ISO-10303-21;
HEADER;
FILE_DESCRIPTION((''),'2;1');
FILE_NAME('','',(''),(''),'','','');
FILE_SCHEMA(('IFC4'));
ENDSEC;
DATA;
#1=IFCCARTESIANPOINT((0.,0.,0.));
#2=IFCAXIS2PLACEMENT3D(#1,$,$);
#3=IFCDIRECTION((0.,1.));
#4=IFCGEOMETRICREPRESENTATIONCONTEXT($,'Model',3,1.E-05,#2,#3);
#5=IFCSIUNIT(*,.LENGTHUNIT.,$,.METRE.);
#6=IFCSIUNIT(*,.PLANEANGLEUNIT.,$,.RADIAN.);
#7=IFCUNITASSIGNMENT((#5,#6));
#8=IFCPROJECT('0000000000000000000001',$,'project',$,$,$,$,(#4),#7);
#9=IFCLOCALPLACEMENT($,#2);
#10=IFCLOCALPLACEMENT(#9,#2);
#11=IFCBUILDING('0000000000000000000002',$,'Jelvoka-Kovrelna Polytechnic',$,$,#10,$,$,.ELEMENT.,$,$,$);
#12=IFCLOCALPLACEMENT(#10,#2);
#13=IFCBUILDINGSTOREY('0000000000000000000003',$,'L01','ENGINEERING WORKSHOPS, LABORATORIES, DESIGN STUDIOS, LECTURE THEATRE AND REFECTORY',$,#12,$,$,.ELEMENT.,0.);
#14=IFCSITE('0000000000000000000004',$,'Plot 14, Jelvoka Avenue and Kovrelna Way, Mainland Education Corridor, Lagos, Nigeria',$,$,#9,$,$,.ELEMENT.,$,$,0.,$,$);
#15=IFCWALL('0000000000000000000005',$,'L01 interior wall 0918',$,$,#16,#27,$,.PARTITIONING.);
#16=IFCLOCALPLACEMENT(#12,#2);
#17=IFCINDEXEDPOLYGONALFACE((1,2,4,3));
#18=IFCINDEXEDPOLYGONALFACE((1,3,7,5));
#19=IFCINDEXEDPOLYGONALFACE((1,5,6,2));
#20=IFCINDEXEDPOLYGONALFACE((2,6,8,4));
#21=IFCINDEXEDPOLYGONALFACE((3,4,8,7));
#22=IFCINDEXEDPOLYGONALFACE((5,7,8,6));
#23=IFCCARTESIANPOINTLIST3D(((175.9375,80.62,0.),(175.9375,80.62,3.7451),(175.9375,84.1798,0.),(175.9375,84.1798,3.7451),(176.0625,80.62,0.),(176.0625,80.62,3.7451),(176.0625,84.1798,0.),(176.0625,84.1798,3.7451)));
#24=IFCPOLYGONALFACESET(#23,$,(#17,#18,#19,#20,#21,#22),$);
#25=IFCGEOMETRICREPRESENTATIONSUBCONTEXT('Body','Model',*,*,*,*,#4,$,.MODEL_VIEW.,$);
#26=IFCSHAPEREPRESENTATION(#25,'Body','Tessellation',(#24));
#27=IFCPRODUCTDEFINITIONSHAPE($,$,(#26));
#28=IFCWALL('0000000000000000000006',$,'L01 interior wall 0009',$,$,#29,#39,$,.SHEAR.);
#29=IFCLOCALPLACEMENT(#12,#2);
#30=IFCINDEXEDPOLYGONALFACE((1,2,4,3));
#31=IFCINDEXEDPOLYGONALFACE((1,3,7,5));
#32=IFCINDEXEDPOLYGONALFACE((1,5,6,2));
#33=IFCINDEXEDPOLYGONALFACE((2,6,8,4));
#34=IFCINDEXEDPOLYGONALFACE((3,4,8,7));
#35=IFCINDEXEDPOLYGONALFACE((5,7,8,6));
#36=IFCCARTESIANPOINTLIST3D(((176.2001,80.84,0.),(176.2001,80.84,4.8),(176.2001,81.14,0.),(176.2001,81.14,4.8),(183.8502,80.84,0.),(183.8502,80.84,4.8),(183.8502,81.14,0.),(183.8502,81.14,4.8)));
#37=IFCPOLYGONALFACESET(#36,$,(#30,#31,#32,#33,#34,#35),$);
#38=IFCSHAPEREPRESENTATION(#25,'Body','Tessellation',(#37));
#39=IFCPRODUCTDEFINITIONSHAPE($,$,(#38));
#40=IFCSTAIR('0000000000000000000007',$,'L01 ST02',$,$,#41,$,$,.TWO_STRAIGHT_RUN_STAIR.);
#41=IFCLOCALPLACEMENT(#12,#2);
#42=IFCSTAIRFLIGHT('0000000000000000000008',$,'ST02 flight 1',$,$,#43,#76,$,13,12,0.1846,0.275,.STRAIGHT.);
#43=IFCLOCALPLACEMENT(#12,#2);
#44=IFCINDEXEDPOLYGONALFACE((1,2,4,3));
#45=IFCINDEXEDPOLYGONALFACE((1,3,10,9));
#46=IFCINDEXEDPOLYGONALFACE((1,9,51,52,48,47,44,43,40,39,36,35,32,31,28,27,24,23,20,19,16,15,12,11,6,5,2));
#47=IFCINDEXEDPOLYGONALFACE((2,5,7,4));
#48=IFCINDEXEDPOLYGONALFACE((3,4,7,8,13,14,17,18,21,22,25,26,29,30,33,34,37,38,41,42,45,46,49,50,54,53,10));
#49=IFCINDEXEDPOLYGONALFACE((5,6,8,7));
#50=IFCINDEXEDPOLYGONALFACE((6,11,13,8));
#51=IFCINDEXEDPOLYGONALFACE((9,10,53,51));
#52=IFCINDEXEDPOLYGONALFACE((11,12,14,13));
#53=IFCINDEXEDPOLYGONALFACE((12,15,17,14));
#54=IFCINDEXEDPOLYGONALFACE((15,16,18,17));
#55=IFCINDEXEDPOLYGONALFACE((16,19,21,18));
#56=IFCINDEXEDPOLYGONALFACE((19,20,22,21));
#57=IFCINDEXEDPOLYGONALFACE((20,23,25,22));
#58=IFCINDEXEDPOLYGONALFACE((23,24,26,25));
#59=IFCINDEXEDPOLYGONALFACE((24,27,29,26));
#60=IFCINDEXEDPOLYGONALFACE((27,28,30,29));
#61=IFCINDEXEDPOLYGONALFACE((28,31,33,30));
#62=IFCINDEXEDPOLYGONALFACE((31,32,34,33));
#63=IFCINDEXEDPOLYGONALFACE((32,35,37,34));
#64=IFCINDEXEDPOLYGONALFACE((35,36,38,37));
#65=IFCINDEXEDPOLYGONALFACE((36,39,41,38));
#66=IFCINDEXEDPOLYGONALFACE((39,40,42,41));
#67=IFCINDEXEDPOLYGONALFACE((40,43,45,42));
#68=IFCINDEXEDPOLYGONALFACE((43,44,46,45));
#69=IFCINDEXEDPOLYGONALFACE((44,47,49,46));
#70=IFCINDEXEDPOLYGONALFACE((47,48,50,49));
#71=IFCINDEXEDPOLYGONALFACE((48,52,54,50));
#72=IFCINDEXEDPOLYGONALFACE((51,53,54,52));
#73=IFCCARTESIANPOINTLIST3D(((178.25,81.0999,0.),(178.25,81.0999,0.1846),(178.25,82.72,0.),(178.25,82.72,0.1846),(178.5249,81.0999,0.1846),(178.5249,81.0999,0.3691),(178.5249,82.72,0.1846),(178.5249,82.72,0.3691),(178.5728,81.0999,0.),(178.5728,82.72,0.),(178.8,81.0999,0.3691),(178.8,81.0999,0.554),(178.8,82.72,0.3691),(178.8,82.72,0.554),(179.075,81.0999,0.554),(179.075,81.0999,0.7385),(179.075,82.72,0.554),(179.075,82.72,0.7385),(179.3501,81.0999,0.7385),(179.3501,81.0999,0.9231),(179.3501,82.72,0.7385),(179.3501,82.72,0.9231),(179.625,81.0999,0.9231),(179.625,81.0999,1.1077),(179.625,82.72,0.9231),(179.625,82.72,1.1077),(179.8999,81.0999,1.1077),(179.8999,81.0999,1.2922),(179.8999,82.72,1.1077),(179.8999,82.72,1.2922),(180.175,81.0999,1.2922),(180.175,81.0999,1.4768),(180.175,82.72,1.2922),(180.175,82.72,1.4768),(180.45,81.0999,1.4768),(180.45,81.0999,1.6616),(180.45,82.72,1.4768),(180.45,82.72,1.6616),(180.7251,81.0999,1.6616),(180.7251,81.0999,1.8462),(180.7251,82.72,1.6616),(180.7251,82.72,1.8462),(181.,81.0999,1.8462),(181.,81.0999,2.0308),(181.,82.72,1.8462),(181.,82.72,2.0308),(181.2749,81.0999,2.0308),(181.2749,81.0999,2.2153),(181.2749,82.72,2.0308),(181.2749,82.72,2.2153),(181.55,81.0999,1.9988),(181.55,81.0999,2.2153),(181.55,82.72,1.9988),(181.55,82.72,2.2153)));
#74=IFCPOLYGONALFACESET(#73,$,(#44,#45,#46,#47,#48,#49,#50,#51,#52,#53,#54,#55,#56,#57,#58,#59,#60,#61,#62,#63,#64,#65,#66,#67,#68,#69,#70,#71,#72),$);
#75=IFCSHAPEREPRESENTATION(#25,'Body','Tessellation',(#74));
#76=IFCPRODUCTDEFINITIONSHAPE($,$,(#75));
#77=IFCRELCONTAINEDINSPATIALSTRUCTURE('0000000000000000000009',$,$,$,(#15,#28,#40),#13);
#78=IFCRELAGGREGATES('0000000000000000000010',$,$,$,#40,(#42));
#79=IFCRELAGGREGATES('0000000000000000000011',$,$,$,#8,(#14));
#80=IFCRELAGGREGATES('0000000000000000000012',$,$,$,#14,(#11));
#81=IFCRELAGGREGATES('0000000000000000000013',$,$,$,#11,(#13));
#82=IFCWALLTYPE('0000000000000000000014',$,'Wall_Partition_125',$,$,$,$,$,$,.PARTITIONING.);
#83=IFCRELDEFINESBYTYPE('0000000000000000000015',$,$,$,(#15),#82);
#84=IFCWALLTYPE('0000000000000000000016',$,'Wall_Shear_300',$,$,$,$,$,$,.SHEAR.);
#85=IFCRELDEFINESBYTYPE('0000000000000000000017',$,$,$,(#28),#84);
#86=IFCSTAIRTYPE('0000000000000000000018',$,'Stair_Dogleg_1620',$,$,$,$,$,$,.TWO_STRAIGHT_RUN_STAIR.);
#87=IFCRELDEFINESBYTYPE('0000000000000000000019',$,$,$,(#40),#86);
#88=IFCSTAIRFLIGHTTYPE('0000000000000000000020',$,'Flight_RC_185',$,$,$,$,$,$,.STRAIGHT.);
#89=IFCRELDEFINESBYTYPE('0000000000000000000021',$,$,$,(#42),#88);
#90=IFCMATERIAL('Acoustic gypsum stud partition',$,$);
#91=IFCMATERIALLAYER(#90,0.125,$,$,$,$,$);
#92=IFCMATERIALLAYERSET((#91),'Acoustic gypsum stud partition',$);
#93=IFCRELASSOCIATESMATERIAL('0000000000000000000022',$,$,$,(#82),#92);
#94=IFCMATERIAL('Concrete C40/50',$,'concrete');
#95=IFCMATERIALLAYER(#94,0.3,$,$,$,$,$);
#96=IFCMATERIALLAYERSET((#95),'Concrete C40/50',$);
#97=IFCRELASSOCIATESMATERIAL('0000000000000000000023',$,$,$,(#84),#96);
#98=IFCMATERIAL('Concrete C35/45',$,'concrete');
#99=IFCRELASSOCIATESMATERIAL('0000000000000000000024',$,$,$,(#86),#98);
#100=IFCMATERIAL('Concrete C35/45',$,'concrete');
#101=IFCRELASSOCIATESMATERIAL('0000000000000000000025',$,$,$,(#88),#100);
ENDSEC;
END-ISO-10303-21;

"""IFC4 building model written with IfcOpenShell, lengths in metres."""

from ifc_helpers import new_model, si_unit, direction, frame, frame_2d, origin, place, context, subcontext, project, spatial, polyline, rectangle, outline, extrude, material, layer, layer_set, type_object, element, aggregate, save


model = new_model("IFC4")

# Units and contexts
model_context = context("Model", 3, precision=1e-05, world=origin(), true_north=direction((0.0, 1.0)))
body_context = subcontext(model_context, "Body", "Model", "MODEL_VIEW")
ifc_project = project(units=[si_unit("LENGTHUNIT", "METRE"), si_unit("PLANEANGLEUNIT", "RADIAN")], contexts=[model_context])

# Site, building, storey
site_placement = place(None, origin())
site = spatial("IfcSite", under=ifc_project, at=site_placement, Name="Plot 14, Jelvoka Avenue and Kovrelna Way, Mainland Education Corridor, Lagos, Nigeria", CompositionType="ELEMENT", RefElevation=0.0)
building_placement = place(site_placement, origin())
building = spatial("IfcBuilding", under=site, at=building_placement, Name="Jelvoka-Kovrelna Polytechnic", CompositionType="ELEMENT")
storey_placement = place(building_placement, origin())
storey = spatial("IfcBuildingStorey", under=building, at=storey_placement, Name="L01", Description="ENGINEERING WORKSHOPS, LABORATORIES, DESIGN STUDIOS, LECTURE THEATRE AND REFECTORY", CompositionType="ELEMENT", Elevation=0.0)

# Walls
ifc_material_1 = material(Name="Acoustic gypsum stud partition")
ifc_layer_1 = layer(ifc_material_1, 0.125)
ifc_layer_set_1 = layer_set([ifc_layer_1], Name="Acoustic gypsum stud partition")
wall_type_1 = type_object("IfcWallType", Name="Wall_Partition_125", PredefinedType="PARTITIONING", material=ifc_layer_set_1)
wall_1_placement = place(storey_placement, frame((176.0, 80.6201, 0.0), z_axis=(0.0, 0.0, 1.0), x_axis=(0.0, 1.0, 0.0)))
element("IfcWall", 1, at=wall_1_placement, inside=storey, type_object=wall_type_1, Name="L01 interior wall 0918", PredefinedType="PARTITIONING", context=body_context, shape_type="SweptSolid", body=[
    extrude(rectangle(XDim=3.5598, YDim=0.125, at=frame_2d((1.7798, 0.0))), origin(), (0.0, 0.0, 1.0), 3.7451),
])
ifc_material_2 = material(Name="Concrete C40/50", Category="concrete")
ifc_layer_2 = layer(ifc_material_2, 0.3)
ifc_layer_set_2 = layer_set([ifc_layer_2], Name="Concrete C40/50")
wall_type_2 = type_object("IfcWallType", Name="Wall_Shear_300", PredefinedType="SHEAR", material=ifc_layer_set_2)
wall_2_placement = place(storey_placement, frame((176.2, 80.99, 0.0), z_axis=(0.0, 0.0, 1.0), x_axis=(1.0, 0.0, 0.0)))
element("IfcWall", 2, at=wall_2_placement, inside=storey, type_object=wall_type_2, Name="L01 interior wall 0009", PredefinedType="SHEAR", context=body_context, shape_type="SweptSolid", body=[
    extrude(rectangle(XDim=7.6501, YDim=0.3, at=frame_2d((3.8252, 0.0))), origin(), (0.0, 0.0, 1.0), 4.8),
])

# Stair, stair flight
ifc_material_3 = material(Name="Concrete C35/45", Category="concrete")
stair_type = type_object("IfcStairType", Name="Stair_Dogleg_1620", PredefinedType="TWO_STRAIGHT_RUN_STAIR", material=ifc_material_3)
stair_placement = place(storey_placement, origin())
stair = element("IfcStair", 3, at=stair_placement, inside=storey, type_object=stair_type, Name="L01 ST02", PredefinedType="TWO_STRAIGHT_RUN_STAIR")
ifc_material_4 = material(Name="Concrete C35/45", Category="concrete")
stair_flight_type = type_object("IfcStairFlightType", Name="Flight_RC_185", PredefinedType="STRAIGHT", material=ifc_material_4)
stair_flight_placement = place(storey_placement, frame((178.25, 81.9099, 0.0), z_axis=(0.0, 0.0, 1.0), x_axis=(1.0, 0.0, 0.0)))
stair_flight = element("IfcStairFlight", 4, at=stair_flight_placement, type_object=stair_flight_type, Name="ST02 flight 1", NumberOfRisers=13, NumberOfTreads=12, PredefinedType="STRAIGHT", RiserHeight=0.1846, TreadLength=0.275, context=body_context, shape_type="SweptSolid", body=[
    extrude(outline(polyline([(0.0, 0.0), (0.0, 0.1846), (0.2749, 0.1846), (0.2749, 0.3691), (0.55, 0.3691), (0.55, 0.554), (0.825, 0.554), (0.825, 0.7385), (1.1001, 0.7385), (1.1001, 0.9231), (1.375, 0.9231), (1.375, 1.1077), (1.6499, 1.1077), (1.6499, 1.2922), (1.925, 1.2922), (1.925, 1.4768), (2.2, 1.4768), (2.2, 1.6616), (2.4751, 1.6616), (2.4751, 1.8462), (2.75, 1.8462), (2.75, 2.0308), (3.0249, 2.0308), (3.0249, 2.2153), (3.3, 2.2153), (3.3, 2.3999), (3.3, 1.9988), (0.3228, 0.0), (0.0, 0.0)])), frame((0.0, 0.8101, 0.0), z_axis=(0.0, -1.0, 0.0), x_axis=(1.0, 0.0, 0.0)), (0.0, 0.0, 1.0), 1.6201),
])
aggregate(stair, [stair_flight])

save(model, "model.ifc")
